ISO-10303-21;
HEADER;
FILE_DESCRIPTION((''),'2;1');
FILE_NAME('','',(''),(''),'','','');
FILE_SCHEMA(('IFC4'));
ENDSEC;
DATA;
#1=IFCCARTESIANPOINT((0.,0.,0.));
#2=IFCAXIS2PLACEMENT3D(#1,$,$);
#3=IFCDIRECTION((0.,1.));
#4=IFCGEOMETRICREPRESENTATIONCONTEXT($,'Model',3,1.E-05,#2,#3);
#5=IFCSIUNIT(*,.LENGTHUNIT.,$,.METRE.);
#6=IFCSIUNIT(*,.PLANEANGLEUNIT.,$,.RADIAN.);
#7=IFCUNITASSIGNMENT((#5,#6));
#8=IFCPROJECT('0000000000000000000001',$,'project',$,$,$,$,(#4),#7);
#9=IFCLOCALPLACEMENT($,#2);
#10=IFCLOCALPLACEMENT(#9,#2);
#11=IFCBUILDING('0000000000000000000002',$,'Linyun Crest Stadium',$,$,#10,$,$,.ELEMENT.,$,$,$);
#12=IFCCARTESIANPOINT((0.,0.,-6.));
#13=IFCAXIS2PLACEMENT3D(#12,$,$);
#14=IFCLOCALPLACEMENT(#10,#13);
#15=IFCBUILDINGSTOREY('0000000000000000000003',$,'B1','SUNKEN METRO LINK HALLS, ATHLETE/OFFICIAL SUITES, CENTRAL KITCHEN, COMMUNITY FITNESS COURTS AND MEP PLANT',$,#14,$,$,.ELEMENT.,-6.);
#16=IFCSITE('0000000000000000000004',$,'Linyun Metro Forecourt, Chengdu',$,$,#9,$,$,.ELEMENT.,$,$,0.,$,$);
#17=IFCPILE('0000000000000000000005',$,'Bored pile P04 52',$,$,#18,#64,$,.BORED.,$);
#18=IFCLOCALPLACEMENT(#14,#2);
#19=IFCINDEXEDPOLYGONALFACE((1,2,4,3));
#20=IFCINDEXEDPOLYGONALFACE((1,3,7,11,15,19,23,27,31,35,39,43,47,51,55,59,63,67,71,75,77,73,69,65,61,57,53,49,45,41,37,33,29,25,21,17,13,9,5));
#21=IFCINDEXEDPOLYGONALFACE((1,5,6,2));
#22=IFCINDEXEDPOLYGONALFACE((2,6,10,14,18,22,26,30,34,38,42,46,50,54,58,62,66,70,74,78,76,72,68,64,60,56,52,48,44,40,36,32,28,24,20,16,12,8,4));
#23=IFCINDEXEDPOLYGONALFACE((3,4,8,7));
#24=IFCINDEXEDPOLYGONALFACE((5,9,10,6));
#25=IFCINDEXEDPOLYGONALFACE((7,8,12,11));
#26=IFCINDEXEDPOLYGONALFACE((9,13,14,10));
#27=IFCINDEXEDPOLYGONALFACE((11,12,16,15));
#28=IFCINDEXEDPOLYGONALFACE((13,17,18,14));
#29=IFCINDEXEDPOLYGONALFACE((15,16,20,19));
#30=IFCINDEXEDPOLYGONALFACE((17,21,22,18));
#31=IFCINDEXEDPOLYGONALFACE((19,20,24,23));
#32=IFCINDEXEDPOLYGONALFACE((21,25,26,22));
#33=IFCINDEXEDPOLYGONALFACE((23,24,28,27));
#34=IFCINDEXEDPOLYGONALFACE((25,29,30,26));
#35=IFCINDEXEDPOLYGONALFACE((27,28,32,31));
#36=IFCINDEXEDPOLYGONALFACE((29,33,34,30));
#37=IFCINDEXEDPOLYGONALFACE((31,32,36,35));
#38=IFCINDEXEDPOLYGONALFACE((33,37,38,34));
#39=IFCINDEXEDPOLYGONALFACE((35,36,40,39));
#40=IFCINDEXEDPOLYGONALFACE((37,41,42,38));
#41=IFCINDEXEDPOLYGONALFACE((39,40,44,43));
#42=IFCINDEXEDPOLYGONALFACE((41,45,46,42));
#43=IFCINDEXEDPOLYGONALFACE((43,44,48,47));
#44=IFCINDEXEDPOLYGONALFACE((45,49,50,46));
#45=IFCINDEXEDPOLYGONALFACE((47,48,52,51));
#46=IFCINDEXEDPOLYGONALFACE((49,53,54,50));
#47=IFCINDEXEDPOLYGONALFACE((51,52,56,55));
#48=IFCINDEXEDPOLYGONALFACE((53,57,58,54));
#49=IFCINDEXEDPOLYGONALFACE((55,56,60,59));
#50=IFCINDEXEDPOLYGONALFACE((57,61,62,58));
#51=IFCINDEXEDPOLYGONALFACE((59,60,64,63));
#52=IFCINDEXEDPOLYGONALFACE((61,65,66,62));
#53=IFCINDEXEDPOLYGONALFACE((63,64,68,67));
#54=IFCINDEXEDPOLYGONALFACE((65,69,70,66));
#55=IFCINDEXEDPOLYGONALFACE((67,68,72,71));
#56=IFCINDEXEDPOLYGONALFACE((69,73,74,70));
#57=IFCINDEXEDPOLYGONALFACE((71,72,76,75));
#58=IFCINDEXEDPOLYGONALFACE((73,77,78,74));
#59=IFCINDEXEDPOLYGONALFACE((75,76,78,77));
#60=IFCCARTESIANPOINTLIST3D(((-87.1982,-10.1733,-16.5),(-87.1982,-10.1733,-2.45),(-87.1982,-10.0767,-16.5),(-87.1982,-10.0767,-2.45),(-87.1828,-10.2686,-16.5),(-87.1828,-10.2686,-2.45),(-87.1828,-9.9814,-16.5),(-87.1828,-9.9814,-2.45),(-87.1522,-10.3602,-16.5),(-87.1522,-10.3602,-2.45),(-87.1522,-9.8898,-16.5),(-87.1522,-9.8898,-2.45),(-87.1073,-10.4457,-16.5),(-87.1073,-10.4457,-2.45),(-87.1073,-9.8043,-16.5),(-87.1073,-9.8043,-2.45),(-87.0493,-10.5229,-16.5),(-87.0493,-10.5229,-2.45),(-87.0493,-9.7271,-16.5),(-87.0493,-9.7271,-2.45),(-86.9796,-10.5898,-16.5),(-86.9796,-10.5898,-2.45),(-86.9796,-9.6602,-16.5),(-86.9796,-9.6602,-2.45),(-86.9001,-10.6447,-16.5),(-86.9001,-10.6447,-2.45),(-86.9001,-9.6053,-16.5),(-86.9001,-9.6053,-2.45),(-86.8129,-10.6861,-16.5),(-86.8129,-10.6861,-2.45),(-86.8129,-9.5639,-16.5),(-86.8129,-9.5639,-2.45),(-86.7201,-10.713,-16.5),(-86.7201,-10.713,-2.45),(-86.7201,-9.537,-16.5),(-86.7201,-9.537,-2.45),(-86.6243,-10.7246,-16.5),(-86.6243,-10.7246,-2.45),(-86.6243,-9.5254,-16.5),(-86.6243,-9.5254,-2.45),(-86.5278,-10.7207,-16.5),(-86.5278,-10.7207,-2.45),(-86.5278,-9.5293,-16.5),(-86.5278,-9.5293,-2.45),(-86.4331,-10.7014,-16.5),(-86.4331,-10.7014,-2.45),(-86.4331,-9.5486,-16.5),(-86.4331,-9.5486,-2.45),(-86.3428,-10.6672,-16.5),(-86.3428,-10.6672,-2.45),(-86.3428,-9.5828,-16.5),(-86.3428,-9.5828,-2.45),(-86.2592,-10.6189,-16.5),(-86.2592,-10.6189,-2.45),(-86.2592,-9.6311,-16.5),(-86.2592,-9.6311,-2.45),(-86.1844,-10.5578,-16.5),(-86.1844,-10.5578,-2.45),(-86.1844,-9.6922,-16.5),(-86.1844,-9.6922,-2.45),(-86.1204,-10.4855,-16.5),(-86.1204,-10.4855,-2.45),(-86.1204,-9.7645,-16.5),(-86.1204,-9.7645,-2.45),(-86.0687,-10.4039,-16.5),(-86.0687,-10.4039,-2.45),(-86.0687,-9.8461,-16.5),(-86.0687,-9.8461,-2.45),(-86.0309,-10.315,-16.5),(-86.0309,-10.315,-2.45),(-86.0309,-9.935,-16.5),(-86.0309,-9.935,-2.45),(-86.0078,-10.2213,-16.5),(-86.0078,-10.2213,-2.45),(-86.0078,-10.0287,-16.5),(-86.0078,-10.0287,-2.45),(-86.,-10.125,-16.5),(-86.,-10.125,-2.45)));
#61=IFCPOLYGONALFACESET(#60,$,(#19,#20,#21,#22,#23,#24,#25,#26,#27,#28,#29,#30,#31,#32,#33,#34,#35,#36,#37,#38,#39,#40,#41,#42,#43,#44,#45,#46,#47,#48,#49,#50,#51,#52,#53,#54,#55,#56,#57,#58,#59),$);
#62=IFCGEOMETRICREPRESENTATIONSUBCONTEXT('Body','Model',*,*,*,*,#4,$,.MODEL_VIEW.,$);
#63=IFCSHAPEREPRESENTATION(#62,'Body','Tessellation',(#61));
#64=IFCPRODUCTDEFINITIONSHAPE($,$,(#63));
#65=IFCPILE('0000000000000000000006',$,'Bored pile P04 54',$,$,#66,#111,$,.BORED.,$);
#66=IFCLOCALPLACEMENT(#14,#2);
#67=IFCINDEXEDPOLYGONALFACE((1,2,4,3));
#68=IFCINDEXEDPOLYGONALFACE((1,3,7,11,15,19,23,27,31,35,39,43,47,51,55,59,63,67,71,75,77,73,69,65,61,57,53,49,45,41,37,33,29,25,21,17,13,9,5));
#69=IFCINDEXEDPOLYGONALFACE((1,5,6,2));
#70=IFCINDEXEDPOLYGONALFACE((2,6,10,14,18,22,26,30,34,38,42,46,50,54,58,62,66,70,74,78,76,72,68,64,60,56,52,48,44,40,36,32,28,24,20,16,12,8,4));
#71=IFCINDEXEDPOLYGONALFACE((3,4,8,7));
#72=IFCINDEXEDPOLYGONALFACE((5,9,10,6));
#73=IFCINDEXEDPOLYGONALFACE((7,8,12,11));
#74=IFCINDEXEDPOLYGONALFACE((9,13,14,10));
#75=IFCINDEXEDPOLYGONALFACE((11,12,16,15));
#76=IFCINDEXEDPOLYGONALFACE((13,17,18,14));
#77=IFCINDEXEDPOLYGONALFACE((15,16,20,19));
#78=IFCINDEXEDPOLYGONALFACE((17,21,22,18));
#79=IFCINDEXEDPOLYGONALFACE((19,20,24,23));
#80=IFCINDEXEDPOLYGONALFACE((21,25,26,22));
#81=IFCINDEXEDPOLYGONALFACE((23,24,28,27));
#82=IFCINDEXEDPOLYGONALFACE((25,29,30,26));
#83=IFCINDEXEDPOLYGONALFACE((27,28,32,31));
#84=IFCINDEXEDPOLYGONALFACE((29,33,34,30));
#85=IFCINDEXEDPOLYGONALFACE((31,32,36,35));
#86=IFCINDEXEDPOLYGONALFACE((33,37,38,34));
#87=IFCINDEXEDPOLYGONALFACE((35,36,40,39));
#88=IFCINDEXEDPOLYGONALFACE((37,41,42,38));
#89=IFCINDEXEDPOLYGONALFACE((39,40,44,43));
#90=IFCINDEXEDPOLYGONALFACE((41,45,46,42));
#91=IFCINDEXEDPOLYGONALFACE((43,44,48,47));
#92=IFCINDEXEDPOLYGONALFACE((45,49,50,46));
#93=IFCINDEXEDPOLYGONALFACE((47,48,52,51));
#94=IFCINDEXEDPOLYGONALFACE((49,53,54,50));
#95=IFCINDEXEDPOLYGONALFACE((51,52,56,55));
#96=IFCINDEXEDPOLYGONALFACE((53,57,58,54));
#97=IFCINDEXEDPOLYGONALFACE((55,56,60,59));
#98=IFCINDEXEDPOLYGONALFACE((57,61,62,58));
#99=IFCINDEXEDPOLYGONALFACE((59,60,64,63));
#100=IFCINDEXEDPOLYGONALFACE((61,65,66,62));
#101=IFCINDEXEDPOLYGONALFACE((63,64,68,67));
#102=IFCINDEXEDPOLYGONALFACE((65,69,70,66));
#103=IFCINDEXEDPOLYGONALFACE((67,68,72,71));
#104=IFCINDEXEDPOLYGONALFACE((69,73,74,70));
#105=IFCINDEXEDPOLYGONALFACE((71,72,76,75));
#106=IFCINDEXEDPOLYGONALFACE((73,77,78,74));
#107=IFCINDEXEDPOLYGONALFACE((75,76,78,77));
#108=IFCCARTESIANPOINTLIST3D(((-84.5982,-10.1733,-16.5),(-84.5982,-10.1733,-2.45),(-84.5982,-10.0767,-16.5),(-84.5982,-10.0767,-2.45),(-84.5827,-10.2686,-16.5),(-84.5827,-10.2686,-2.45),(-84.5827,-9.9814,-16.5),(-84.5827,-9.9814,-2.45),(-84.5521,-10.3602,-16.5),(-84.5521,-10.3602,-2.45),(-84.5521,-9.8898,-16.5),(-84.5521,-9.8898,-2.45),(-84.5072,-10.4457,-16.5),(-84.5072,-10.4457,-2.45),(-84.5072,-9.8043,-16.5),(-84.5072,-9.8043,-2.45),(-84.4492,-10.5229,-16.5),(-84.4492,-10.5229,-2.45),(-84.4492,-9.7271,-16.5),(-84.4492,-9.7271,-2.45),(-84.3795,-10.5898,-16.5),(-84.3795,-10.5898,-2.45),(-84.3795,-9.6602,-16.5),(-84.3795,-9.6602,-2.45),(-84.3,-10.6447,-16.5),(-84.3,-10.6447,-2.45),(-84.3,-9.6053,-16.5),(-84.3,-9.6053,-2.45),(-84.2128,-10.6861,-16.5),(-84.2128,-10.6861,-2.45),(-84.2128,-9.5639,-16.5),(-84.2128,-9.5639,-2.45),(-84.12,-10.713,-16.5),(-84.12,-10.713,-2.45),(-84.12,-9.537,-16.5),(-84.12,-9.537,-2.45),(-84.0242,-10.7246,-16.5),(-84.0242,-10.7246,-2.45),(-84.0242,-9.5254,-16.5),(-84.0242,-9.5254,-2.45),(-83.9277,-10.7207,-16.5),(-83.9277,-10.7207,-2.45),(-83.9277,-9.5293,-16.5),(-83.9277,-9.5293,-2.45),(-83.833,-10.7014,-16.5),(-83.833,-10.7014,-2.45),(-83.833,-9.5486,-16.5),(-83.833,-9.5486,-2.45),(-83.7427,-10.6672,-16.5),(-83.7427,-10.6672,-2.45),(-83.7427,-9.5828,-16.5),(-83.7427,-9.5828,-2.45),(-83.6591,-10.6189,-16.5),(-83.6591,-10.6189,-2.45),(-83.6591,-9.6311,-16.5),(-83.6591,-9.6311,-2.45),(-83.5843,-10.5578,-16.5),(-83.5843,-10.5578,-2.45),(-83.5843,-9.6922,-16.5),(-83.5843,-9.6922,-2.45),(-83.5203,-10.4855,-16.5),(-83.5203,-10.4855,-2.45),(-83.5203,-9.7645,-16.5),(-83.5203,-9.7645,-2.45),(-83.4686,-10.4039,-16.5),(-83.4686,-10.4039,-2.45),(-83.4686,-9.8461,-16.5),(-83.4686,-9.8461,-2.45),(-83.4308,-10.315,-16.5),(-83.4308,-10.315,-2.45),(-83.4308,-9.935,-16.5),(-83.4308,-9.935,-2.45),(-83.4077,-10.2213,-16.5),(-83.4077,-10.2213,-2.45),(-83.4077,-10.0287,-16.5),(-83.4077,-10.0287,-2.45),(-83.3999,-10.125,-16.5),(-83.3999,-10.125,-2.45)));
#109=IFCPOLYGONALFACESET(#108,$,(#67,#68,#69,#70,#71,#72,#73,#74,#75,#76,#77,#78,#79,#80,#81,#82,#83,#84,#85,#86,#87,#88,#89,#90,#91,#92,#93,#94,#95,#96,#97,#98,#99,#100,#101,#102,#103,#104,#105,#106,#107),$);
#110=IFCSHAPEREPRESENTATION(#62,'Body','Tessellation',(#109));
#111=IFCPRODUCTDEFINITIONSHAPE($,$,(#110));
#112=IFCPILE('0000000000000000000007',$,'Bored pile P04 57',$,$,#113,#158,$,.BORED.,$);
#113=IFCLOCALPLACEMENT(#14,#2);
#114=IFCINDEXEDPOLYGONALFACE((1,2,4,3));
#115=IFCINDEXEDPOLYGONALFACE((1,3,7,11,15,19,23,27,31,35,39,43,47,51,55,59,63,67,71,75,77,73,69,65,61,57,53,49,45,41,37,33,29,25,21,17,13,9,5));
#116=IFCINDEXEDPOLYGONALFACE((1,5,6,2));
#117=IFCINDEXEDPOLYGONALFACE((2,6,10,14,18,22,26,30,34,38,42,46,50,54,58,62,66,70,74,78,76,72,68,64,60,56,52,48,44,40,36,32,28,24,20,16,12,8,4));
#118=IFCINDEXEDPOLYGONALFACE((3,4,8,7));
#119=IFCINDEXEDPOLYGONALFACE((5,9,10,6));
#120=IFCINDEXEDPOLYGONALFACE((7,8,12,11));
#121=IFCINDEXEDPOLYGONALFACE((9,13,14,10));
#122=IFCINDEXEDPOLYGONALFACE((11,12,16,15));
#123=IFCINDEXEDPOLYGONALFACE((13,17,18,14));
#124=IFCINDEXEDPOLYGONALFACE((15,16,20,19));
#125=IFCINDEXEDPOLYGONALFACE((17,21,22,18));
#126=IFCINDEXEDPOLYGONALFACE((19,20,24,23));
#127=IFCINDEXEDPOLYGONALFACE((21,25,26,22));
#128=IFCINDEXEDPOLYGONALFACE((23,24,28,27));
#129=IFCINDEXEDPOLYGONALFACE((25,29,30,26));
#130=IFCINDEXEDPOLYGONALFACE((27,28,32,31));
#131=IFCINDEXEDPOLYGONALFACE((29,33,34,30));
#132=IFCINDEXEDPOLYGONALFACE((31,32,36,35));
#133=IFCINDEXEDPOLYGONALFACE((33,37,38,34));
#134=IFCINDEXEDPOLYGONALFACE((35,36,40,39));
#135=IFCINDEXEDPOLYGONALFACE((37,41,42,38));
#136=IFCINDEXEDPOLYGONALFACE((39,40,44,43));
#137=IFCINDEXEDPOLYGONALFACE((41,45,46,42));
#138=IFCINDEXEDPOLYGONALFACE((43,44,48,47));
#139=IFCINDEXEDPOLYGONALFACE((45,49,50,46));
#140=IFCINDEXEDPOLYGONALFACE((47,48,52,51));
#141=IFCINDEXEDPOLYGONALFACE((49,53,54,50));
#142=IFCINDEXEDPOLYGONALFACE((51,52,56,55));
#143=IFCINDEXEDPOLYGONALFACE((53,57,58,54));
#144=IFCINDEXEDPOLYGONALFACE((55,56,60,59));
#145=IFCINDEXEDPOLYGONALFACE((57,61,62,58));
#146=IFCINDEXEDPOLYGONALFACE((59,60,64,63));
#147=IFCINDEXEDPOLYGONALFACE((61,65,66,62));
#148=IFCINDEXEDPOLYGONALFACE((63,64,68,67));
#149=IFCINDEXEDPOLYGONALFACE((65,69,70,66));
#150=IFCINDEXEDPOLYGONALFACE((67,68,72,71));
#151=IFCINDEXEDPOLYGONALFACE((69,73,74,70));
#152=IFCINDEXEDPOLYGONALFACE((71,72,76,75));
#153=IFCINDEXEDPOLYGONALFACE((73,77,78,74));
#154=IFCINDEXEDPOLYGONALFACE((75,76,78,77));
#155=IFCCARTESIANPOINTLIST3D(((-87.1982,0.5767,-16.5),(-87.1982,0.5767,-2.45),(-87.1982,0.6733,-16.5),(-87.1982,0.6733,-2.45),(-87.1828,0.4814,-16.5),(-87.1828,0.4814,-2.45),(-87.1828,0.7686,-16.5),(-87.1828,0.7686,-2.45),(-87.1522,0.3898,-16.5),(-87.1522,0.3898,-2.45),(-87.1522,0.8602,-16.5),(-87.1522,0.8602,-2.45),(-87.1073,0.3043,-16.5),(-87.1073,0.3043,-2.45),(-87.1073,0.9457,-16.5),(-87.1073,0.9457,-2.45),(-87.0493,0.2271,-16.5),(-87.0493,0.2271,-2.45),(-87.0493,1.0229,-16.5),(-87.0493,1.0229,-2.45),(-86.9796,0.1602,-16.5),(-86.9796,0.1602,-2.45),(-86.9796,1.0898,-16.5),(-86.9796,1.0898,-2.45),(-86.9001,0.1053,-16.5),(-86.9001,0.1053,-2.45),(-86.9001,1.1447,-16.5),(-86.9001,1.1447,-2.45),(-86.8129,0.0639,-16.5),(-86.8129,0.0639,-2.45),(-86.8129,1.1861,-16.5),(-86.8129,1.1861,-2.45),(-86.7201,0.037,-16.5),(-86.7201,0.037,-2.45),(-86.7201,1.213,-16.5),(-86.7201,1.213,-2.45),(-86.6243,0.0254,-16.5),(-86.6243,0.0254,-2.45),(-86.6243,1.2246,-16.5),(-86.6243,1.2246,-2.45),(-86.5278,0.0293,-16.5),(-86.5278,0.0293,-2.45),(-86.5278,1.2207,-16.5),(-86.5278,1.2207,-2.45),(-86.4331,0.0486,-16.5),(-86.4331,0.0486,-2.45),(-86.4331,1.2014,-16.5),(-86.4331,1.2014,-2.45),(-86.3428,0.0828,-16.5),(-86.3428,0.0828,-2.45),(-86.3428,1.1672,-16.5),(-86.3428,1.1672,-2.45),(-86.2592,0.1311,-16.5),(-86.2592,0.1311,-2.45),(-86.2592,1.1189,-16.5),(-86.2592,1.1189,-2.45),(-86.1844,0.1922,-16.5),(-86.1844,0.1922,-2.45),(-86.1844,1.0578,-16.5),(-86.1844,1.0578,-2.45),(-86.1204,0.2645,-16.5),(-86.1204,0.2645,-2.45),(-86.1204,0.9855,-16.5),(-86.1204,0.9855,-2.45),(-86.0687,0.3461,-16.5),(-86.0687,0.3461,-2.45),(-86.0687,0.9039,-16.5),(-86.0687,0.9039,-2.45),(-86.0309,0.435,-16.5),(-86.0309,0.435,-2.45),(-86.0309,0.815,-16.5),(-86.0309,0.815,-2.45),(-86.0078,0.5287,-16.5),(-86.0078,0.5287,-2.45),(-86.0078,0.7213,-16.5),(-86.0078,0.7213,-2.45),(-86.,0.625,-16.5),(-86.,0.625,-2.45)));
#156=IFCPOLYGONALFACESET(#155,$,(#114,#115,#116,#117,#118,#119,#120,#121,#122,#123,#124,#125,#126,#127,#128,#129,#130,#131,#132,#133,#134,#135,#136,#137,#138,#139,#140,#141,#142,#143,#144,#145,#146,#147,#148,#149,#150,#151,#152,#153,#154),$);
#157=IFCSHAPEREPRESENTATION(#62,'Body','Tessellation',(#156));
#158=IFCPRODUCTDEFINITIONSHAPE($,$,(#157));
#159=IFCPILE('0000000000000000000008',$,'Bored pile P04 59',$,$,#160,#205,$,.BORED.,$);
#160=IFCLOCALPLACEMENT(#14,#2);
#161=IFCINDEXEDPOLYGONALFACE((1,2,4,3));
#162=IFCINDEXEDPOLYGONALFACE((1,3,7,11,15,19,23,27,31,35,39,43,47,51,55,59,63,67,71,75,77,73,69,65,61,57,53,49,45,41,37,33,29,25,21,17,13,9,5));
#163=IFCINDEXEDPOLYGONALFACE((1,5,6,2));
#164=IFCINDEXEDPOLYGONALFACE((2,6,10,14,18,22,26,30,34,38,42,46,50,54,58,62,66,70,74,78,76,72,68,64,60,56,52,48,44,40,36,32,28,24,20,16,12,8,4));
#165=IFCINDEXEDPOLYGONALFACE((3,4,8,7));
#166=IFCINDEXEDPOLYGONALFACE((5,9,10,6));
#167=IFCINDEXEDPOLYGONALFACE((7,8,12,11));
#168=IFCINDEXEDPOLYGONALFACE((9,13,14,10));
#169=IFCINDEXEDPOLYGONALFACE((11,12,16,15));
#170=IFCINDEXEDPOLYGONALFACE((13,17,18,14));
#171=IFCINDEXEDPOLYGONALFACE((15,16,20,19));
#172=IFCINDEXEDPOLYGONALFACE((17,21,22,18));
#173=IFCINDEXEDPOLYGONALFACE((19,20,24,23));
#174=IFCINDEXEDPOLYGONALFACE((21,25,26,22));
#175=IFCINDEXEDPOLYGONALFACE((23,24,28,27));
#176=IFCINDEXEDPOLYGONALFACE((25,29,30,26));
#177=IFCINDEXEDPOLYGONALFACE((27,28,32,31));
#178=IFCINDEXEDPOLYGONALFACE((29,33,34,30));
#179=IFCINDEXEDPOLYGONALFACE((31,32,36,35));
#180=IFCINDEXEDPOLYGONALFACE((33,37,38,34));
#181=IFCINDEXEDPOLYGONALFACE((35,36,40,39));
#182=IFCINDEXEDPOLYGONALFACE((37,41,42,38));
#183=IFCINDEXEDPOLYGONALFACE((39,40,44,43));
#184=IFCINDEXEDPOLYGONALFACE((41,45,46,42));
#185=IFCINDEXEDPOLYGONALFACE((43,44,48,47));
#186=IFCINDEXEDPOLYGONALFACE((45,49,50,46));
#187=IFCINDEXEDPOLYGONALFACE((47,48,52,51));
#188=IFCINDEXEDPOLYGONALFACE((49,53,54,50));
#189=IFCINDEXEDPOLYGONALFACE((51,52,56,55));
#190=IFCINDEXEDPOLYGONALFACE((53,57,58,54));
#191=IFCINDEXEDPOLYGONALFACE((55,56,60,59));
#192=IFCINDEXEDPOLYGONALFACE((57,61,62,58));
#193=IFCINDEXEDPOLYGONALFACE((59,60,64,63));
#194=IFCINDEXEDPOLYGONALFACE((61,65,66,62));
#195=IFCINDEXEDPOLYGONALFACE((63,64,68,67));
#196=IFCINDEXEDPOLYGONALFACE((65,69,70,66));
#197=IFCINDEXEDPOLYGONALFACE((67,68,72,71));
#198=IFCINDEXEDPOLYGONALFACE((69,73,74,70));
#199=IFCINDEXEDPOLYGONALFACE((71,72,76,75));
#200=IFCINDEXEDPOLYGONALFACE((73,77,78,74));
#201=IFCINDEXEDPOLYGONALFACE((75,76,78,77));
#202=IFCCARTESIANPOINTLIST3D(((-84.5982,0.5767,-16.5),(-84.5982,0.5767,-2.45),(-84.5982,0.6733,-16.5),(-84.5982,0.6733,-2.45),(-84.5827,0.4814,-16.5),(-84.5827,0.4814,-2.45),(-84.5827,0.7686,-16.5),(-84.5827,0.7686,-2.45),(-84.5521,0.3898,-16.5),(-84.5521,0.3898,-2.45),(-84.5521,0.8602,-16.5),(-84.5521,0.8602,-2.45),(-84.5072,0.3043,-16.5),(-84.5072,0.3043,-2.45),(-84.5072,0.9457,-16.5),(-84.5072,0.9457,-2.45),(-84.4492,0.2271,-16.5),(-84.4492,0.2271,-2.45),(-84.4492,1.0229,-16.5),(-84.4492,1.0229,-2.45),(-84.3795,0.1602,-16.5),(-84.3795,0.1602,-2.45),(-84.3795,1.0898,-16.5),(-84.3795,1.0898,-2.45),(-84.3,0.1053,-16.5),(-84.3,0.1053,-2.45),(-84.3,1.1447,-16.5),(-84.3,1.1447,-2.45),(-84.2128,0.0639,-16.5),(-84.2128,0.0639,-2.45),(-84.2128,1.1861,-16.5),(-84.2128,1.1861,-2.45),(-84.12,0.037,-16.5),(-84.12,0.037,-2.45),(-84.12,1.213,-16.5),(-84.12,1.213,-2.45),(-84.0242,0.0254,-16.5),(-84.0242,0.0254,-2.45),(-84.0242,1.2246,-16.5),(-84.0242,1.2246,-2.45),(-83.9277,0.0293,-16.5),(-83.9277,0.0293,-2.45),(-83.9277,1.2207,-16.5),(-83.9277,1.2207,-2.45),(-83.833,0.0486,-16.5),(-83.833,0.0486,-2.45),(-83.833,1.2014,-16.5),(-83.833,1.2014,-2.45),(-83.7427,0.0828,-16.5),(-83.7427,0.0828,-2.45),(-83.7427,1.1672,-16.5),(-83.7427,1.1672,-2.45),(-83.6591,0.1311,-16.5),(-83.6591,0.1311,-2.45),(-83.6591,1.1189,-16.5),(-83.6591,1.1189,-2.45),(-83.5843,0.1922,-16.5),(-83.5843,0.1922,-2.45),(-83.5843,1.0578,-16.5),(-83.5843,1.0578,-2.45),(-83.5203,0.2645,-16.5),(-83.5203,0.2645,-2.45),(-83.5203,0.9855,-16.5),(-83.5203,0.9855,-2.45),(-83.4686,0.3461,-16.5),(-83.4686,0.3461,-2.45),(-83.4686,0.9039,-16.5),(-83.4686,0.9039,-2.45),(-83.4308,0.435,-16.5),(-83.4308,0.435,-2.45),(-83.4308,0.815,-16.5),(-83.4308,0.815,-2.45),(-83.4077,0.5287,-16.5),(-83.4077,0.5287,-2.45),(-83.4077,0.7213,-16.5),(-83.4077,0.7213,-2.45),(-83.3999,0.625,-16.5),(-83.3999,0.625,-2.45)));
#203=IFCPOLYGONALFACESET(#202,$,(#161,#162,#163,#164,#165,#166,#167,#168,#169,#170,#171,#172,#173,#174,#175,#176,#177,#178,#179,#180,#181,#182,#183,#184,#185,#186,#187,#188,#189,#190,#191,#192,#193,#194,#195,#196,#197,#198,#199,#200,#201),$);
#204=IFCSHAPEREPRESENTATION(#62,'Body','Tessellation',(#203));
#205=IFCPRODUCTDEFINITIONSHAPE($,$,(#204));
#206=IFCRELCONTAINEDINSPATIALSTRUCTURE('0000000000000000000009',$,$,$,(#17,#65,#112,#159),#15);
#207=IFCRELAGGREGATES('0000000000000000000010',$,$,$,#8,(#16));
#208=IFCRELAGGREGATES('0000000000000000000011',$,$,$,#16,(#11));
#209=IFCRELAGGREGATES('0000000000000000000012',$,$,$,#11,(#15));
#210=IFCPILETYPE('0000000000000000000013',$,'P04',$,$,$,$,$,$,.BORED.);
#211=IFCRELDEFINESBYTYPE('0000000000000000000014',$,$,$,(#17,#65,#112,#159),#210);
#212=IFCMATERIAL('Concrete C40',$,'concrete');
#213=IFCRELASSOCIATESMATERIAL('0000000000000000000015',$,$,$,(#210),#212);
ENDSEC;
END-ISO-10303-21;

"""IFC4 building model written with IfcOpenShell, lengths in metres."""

from ifc_helpers import new_model, si_unit, direction, frame, origin, origin_2d, place, context, subcontext, project, spatial, circle, extrude, material, material_profile, profile_set, type_object, element, save


model = new_model("IFC4")

# Units and contexts
model_context = context("Model", 3, precision=1e-05, world=origin(), true_north=direction((0.0, 1.0)))
body_context = subcontext(model_context, "Body", "Model", "MODEL_VIEW")
ifc_project = project(units=[si_unit("LENGTHUNIT", "METRE"), si_unit("PLANEANGLEUNIT", "RADIAN")], contexts=[model_context])

# Site, building, storey
site_placement = place(None, origin())
site = spatial("IfcSite", under=ifc_project, at=site_placement, Name="Linyun Metro Forecourt, Chengdu", CompositionType="ELEMENT", RefElevation=0.0)
building_placement = place(site_placement, origin())
building = spatial("IfcBuilding", under=site, at=building_placement, Name="Linyun Crest Stadium", CompositionType="ELEMENT")
storey_placement = place(building_placement, frame((0.0, 0.0, -6.0)))
storey = spatial("IfcBuildingStorey", under=building, at=storey_placement, Name="B1", Description="SUNKEN METRO LINK HALLS, ATHLETE/OFFICIAL SUITES, CENTRAL KITCHEN, COMMUNITY FITNESS COURTS AND MEP PLANT", CompositionType="ELEMENT", Elevation=-6.0)

# Piles
ifc_material_1 = material(Name="Concrete C40", Category="concrete")
ifc_material_profile_1 = material_profile(ifc_material_1, circle(Radius=0.6001, at=origin_2d()), Name="BORED PILE 1200")
ifc_profile_set_1 = profile_set([ifc_material_profile_1], Name="Concrete C40")
pile_type_1 = type_object("IfcPileType", Name="P04", PredefinedType="BORED", material=ifc_profile_set_1)
for number, where, z_axis, x_axis, name in (
    (1, (-86.6001, -10.125, -2.45), (0.0, 0.0, -1.0), (1.0, 0.0, 0.0), "Bored pile P04 52"),
    (2, (-84.0, -10.125, -2.45), (0.0, 0.0, -1.0), (1.0, 0.0, 0.0), "Bored pile P04 54"),
    (3, (-86.6001, 0.625, -2.45), (0.0, 0.0, -1.0), (1.0, 0.0, 0.0), "Bored pile P04 57"),
    (4, (-84.0, 0.625, -2.45), (0.0, 0.0, -1.0), (1.0, 0.0, 0.0), "Bored pile P04 59"),
):
    element("IfcPile", number, at=place(storey_placement, frame(where, z_axis=z_axis, x_axis=x_axis)), inside=storey, type_object=pile_type_1, Name=name, PredefinedType="BORED", context=body_context, shape_type="SweptSolid", body=[
        extrude(circle(Radius=0.6001, at=origin_2d()), origin(), (0.0, 0.0, 1.0), 14.05),
    ])

save(model, "model.ifc")
